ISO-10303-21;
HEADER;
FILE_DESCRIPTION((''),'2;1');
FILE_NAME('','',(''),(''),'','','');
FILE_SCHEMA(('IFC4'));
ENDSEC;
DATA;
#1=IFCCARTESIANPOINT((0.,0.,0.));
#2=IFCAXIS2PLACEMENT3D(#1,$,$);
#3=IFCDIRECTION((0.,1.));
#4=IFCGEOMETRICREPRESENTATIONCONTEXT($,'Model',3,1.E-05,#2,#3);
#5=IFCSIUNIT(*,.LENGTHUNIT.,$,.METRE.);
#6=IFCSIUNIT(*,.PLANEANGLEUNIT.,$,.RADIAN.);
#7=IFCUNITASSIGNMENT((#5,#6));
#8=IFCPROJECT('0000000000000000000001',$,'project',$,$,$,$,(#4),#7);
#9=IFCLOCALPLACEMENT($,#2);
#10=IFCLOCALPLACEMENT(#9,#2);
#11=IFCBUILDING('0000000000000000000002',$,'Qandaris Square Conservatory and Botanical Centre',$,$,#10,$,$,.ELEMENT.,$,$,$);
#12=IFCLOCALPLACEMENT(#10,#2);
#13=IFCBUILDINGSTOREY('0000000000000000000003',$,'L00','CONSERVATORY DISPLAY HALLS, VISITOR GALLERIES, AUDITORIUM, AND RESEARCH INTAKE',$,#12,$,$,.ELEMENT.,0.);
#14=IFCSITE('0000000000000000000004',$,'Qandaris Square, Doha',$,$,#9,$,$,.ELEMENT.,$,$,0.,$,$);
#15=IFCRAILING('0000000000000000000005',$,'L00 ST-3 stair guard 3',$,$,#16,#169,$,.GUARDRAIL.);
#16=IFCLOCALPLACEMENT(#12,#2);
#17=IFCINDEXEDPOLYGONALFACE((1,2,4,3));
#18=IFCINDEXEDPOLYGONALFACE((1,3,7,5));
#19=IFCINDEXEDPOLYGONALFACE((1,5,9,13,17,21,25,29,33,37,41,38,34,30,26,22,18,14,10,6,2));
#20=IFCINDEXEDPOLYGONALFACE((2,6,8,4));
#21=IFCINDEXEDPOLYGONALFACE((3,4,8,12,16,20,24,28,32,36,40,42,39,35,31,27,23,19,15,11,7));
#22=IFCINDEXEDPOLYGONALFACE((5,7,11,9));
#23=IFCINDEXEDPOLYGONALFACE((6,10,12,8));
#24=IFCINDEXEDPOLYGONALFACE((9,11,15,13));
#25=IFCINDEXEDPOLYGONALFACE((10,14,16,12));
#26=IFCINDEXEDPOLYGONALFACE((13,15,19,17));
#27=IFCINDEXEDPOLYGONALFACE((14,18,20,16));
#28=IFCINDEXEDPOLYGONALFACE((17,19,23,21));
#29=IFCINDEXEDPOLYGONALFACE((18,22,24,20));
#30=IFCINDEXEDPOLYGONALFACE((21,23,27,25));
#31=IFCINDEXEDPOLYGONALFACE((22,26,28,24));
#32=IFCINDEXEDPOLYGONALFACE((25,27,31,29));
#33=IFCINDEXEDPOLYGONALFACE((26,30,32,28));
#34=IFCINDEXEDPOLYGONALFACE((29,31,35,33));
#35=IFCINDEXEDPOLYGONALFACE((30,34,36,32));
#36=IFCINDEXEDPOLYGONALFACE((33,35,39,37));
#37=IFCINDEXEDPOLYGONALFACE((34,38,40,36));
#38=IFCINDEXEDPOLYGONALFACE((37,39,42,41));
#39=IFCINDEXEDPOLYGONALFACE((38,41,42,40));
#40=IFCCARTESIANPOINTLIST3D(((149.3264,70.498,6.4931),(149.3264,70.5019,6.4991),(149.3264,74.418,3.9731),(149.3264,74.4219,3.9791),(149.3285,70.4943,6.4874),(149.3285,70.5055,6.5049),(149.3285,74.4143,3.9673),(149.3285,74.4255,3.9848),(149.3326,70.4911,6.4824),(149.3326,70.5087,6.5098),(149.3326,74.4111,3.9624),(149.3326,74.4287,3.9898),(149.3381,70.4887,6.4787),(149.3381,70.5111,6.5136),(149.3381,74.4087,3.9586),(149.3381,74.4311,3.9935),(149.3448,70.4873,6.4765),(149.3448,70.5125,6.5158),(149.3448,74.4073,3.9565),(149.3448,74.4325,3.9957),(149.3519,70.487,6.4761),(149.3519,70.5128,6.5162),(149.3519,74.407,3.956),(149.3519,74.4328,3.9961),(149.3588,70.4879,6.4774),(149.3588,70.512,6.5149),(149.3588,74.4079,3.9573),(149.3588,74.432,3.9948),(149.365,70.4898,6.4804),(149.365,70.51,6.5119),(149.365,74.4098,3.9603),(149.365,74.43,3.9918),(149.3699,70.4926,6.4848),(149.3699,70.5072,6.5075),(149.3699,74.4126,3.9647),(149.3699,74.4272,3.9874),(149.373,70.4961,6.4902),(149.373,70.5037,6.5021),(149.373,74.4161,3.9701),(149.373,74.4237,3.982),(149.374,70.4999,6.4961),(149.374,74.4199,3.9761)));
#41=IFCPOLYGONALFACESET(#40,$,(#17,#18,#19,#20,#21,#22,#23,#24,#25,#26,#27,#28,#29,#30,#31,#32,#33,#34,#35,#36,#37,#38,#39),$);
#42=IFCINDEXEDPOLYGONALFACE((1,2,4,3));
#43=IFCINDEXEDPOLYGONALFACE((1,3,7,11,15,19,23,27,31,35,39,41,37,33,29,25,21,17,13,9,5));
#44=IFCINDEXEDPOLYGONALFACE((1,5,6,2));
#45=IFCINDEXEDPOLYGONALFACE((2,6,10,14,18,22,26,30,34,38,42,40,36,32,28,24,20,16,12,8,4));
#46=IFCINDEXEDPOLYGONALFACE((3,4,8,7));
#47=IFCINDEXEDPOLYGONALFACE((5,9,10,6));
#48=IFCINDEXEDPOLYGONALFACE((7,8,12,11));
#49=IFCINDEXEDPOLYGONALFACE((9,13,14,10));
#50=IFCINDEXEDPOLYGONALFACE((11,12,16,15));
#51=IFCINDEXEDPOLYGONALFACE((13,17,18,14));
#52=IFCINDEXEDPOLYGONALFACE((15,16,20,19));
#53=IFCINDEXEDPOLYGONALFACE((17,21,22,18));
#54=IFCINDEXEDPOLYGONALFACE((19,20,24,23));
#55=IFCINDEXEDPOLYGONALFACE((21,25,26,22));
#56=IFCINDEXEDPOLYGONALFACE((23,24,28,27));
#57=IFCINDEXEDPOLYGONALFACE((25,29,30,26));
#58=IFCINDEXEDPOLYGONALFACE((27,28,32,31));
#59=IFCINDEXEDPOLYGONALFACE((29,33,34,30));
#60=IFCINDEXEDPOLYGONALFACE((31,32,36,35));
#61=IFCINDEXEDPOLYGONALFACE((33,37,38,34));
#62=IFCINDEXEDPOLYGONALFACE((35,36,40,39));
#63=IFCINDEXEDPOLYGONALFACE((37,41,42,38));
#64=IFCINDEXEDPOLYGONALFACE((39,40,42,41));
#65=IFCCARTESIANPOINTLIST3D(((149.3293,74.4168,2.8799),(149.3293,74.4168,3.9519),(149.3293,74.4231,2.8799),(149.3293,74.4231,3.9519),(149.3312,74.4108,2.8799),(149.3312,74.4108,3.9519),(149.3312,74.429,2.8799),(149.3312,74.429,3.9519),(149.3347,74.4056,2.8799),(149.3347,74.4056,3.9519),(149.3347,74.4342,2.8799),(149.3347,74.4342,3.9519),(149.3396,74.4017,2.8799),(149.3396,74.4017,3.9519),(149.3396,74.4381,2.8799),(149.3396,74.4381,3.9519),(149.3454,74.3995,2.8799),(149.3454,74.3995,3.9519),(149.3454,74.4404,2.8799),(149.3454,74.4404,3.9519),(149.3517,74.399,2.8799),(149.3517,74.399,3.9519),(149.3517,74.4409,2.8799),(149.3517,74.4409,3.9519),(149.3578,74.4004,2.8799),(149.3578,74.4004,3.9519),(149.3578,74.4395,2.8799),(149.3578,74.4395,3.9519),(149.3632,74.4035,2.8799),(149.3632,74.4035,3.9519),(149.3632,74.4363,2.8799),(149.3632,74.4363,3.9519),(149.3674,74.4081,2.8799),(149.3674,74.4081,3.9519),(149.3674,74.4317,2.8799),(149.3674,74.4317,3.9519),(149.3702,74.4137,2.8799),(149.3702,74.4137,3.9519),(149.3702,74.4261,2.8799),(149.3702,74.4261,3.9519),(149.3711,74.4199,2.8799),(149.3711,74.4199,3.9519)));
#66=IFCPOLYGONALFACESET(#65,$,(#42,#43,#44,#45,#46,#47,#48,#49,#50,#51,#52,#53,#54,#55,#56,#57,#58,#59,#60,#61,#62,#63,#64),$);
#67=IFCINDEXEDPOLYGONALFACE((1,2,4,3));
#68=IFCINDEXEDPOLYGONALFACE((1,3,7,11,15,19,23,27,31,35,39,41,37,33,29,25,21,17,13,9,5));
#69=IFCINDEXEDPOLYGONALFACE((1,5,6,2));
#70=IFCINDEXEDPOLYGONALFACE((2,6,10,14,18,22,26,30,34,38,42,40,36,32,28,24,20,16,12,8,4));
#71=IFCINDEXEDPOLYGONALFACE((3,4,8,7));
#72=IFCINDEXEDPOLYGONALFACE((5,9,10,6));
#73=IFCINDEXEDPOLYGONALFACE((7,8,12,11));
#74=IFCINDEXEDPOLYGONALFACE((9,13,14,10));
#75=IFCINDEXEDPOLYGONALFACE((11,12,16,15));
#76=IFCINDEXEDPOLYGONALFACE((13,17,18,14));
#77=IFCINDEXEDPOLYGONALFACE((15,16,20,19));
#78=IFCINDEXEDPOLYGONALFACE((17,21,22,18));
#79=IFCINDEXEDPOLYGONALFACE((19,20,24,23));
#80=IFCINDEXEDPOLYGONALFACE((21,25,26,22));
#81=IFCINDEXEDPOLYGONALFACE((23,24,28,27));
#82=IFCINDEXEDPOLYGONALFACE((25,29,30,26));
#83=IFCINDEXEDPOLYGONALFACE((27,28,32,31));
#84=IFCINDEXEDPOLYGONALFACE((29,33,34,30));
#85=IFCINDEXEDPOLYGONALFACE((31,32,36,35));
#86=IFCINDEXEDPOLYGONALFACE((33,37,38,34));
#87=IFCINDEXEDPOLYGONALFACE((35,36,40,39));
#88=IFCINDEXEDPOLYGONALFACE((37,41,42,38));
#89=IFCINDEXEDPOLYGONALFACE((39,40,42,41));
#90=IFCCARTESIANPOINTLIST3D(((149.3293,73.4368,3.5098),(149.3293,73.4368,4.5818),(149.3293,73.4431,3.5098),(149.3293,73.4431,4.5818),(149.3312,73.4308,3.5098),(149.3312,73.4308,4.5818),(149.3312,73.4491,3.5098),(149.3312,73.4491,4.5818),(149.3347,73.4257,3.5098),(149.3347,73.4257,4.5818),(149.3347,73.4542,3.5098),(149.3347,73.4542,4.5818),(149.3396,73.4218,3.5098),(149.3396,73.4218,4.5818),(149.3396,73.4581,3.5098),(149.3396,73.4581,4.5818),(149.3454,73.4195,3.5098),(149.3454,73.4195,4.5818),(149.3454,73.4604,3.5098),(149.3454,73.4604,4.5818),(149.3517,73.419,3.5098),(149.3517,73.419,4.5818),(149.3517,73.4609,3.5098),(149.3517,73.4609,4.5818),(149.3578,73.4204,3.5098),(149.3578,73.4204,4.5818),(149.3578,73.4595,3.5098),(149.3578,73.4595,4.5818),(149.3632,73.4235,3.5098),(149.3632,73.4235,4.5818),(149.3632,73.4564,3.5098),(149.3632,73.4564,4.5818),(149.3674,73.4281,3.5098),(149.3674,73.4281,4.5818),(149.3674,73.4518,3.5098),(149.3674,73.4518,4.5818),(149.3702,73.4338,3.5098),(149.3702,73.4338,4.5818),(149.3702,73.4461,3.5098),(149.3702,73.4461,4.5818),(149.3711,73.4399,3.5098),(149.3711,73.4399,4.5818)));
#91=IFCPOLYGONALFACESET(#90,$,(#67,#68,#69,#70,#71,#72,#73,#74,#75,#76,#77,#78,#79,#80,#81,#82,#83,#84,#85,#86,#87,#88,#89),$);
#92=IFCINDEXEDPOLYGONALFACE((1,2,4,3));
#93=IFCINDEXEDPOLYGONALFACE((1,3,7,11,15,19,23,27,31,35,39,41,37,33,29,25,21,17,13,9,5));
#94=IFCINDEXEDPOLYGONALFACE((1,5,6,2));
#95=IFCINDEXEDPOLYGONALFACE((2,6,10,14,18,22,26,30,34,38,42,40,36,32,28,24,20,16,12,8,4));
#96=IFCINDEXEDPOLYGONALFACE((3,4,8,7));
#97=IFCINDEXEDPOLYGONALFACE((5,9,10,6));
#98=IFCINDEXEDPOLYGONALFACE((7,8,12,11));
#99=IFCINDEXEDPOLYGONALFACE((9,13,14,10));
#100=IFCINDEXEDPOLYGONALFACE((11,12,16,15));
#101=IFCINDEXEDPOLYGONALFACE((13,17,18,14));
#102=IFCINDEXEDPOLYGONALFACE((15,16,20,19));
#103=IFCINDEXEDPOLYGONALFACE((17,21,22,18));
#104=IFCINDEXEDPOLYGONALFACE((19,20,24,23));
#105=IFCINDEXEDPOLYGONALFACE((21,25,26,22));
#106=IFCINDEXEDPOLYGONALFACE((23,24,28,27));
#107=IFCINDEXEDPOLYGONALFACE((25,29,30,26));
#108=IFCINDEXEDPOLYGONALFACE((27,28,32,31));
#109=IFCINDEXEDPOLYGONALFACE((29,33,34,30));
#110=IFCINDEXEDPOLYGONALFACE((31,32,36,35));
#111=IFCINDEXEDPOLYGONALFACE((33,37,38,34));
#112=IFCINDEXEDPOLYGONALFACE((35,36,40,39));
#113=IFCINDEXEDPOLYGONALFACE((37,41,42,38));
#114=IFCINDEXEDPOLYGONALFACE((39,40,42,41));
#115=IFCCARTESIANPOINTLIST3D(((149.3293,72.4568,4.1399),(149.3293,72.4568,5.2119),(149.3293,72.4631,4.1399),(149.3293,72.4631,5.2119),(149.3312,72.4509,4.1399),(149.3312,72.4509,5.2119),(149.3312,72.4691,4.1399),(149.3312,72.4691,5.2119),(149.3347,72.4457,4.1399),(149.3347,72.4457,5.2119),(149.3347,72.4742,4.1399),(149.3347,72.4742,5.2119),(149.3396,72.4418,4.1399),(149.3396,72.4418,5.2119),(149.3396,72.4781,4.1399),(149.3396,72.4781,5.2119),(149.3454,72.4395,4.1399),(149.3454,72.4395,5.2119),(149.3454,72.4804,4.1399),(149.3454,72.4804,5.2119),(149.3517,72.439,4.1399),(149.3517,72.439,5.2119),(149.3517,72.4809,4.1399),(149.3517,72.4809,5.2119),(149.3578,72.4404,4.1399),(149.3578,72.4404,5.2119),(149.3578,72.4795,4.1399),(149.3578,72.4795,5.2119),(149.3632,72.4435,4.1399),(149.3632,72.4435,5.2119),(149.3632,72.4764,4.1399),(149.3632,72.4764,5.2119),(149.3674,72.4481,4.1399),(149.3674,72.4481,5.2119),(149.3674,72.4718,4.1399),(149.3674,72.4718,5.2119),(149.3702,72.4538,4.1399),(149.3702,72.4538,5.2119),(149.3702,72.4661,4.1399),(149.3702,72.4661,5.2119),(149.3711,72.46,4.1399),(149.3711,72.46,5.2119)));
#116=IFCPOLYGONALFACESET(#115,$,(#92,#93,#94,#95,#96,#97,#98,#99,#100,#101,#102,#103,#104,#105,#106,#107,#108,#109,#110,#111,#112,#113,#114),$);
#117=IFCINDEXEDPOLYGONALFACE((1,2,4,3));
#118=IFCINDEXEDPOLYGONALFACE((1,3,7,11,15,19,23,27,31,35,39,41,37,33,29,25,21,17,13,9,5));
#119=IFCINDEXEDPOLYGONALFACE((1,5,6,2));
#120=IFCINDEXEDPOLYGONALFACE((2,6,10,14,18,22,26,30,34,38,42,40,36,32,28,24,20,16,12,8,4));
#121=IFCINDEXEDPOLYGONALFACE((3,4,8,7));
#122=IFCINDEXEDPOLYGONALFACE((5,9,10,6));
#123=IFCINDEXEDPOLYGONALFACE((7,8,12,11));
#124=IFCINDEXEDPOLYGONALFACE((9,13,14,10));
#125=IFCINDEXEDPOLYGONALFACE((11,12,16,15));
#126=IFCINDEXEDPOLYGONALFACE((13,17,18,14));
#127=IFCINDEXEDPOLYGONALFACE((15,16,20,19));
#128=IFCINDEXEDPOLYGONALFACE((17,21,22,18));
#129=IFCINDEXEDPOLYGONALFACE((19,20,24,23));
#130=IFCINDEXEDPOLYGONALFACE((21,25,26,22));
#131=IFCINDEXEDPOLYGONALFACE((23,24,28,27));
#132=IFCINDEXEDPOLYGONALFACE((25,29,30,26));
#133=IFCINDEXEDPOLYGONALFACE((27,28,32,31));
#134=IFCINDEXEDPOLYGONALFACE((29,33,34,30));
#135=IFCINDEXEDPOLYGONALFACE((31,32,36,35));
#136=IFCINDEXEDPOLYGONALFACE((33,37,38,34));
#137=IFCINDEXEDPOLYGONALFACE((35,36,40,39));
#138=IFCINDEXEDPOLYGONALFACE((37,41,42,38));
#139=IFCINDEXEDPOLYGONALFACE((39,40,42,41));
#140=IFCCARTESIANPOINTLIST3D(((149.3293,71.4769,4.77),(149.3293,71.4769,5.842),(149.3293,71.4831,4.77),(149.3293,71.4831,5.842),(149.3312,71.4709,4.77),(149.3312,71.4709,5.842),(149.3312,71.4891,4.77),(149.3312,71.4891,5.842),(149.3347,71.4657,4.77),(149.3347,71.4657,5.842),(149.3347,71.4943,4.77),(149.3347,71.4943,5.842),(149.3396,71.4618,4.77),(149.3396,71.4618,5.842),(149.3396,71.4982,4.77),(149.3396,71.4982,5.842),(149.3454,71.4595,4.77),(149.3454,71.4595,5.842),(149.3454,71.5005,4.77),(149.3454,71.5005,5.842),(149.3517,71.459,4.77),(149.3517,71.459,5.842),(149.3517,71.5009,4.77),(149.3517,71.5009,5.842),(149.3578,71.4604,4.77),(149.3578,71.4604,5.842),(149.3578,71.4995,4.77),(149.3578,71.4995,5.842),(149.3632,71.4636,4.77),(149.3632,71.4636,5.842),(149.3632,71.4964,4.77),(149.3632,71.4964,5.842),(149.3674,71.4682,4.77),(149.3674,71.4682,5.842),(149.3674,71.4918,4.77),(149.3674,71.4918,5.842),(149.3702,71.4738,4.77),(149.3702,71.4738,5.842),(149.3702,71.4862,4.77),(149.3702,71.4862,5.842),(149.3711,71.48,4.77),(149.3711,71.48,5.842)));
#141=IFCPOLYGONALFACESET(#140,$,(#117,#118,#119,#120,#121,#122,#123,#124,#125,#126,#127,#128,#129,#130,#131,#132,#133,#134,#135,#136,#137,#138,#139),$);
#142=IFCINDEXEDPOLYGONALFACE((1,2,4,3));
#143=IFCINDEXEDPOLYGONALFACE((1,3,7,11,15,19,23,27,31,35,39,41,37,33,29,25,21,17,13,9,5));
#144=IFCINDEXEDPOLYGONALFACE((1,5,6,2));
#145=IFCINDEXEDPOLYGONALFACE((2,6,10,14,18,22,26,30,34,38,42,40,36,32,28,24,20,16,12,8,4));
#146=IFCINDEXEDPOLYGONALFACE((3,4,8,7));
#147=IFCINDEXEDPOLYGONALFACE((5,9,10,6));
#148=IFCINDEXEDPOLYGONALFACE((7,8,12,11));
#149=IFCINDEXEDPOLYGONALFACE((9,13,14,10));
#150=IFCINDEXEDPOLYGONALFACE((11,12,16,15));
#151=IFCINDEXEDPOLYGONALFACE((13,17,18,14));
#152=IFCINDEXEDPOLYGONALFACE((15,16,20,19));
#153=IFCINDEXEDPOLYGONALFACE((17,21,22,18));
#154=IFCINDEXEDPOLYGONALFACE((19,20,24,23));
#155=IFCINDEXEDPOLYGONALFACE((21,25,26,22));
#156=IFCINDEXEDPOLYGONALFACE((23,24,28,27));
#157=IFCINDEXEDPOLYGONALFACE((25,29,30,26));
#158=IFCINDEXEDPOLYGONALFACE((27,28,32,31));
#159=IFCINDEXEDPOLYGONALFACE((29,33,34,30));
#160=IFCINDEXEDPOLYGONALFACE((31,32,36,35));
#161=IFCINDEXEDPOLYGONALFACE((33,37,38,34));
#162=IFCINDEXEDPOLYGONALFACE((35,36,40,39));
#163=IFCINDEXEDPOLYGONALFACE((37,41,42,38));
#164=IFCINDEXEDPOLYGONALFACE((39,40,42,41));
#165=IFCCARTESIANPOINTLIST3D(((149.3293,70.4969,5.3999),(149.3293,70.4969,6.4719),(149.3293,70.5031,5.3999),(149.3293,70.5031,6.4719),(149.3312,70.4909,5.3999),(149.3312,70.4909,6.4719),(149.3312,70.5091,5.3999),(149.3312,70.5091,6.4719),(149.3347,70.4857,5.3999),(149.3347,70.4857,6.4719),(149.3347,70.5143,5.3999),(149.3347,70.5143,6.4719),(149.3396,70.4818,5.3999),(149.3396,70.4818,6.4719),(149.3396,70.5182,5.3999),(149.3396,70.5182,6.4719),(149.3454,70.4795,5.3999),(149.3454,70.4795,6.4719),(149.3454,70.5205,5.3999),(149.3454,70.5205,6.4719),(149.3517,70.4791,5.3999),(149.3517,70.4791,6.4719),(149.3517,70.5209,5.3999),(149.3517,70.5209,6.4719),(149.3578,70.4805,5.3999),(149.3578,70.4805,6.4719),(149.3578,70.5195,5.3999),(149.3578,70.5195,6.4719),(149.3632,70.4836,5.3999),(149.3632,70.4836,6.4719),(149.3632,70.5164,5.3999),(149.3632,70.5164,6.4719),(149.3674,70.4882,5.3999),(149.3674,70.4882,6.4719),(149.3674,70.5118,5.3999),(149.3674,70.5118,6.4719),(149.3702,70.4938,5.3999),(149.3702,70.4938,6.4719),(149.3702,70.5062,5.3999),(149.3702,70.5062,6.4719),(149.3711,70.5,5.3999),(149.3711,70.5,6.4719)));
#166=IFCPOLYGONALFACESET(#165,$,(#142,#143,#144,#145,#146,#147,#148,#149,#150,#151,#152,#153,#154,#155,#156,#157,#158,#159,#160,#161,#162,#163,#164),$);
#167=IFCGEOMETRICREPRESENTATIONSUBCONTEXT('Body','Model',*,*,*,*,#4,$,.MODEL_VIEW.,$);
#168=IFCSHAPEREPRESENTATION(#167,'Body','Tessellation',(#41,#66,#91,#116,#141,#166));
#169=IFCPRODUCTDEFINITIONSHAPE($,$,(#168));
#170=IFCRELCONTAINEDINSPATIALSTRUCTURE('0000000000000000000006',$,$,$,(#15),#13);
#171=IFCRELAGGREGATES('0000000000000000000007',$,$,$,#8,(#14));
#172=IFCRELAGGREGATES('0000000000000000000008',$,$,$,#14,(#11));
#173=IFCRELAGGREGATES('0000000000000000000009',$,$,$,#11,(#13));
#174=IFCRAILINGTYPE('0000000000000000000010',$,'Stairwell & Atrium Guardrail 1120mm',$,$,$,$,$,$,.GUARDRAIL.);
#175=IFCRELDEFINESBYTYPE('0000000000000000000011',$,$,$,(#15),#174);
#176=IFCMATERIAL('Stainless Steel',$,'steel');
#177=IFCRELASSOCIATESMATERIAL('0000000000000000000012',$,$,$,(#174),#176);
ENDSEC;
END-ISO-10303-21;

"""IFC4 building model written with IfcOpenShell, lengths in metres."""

from ifc_helpers import new_model, si_unit, direction, frame, origin, origin_2d, place, context, subcontext, project, spatial, circle, extrude, material, type_object, element, save


model = new_model("IFC4")

# Units and contexts
model_context = context("Model", 3, precision=1e-05, world=origin(), true_north=direction((0.0, 1.0)))
body_context = subcontext(model_context, "Body", "Model", "MODEL_VIEW")
ifc_project = project(units=[si_unit("LENGTHUNIT", "METRE"), si_unit("PLANEANGLEUNIT", "RADIAN")], contexts=[model_context])

# Site, building, storey
site_placement = place(None, origin())
site = spatial("IfcSite", under=ifc_project, at=site_placement, Name="Qandaris Square, Doha", CompositionType="ELEMENT", RefElevation=0.0)
building_placement = place(site_placement, origin())
building = spatial("IfcBuilding", under=site, at=building_placement, Name="Qandaris Square Conservatory and Botanical Centre", CompositionType="ELEMENT")
storey_placement = place(building_placement, origin())
storey = spatial("IfcBuildingStorey", under=building, at=storey_placement, Name="L00", Description="CONSERVATORY DISPLAY HALLS, VISITOR GALLERIES, AUDITORIUM, AND RESEARCH INTAKE", CompositionType="ELEMENT", Elevation=0.0)

# Railing
ifc_material_1 = material(Name="Stainless Steel", Category="steel")
railing_type_1 = type_object("IfcRailingType", Name="Stairwell & Atrium Guardrail 1120mm", PredefinedType="GUARDRAIL", material=ifc_material_1)
railing_1_placement = place(storey_placement, frame((149.3501, 74.4199, 2.8799)))
element("IfcRailing", 1, at=railing_1_placement, inside=storey, type_object=railing_type_1, Name="L00 ST-3 stair guard 3", PredefinedType="GUARDRAIL", context=body_context, shape_type="SweptSolid", body=[
    extrude(circle(Radius=0.0239, at=origin_2d()), frame((0.0, 0.0, 1.0962), z_axis=(0.0, -0.841172, 0.540768), x_axis=(1.0, 0.0, 0.0)), (0.0, 0.0, 1.0), 4.6602),
    extrude(circle(Radius=0.021, at=origin_2d()), origin(), (0.0, 0.0, 1.0), 1.072),
    extrude(circle(Radius=0.021, at=origin_2d()), frame((0.0, -0.98, 0.6299)), (0.0, 0.0, 1.0), 1.072),
    extrude(circle(Radius=0.021, at=origin_2d()), frame((0.0, -1.96, 1.26)), (0.0, 0.0, 1.0), 1.072),
    extrude(circle(Radius=0.021, at=origin_2d()), frame((0.0, -2.9399, 1.8901)), (0.0, 0.0, 1.0), 1.072),
    extrude(circle(Radius=0.021, at=origin_2d()), frame((0.0, -3.9199, 2.52)), (0.0, 0.0, 1.0), 1.072),
])

save(model, "model.ifc")
